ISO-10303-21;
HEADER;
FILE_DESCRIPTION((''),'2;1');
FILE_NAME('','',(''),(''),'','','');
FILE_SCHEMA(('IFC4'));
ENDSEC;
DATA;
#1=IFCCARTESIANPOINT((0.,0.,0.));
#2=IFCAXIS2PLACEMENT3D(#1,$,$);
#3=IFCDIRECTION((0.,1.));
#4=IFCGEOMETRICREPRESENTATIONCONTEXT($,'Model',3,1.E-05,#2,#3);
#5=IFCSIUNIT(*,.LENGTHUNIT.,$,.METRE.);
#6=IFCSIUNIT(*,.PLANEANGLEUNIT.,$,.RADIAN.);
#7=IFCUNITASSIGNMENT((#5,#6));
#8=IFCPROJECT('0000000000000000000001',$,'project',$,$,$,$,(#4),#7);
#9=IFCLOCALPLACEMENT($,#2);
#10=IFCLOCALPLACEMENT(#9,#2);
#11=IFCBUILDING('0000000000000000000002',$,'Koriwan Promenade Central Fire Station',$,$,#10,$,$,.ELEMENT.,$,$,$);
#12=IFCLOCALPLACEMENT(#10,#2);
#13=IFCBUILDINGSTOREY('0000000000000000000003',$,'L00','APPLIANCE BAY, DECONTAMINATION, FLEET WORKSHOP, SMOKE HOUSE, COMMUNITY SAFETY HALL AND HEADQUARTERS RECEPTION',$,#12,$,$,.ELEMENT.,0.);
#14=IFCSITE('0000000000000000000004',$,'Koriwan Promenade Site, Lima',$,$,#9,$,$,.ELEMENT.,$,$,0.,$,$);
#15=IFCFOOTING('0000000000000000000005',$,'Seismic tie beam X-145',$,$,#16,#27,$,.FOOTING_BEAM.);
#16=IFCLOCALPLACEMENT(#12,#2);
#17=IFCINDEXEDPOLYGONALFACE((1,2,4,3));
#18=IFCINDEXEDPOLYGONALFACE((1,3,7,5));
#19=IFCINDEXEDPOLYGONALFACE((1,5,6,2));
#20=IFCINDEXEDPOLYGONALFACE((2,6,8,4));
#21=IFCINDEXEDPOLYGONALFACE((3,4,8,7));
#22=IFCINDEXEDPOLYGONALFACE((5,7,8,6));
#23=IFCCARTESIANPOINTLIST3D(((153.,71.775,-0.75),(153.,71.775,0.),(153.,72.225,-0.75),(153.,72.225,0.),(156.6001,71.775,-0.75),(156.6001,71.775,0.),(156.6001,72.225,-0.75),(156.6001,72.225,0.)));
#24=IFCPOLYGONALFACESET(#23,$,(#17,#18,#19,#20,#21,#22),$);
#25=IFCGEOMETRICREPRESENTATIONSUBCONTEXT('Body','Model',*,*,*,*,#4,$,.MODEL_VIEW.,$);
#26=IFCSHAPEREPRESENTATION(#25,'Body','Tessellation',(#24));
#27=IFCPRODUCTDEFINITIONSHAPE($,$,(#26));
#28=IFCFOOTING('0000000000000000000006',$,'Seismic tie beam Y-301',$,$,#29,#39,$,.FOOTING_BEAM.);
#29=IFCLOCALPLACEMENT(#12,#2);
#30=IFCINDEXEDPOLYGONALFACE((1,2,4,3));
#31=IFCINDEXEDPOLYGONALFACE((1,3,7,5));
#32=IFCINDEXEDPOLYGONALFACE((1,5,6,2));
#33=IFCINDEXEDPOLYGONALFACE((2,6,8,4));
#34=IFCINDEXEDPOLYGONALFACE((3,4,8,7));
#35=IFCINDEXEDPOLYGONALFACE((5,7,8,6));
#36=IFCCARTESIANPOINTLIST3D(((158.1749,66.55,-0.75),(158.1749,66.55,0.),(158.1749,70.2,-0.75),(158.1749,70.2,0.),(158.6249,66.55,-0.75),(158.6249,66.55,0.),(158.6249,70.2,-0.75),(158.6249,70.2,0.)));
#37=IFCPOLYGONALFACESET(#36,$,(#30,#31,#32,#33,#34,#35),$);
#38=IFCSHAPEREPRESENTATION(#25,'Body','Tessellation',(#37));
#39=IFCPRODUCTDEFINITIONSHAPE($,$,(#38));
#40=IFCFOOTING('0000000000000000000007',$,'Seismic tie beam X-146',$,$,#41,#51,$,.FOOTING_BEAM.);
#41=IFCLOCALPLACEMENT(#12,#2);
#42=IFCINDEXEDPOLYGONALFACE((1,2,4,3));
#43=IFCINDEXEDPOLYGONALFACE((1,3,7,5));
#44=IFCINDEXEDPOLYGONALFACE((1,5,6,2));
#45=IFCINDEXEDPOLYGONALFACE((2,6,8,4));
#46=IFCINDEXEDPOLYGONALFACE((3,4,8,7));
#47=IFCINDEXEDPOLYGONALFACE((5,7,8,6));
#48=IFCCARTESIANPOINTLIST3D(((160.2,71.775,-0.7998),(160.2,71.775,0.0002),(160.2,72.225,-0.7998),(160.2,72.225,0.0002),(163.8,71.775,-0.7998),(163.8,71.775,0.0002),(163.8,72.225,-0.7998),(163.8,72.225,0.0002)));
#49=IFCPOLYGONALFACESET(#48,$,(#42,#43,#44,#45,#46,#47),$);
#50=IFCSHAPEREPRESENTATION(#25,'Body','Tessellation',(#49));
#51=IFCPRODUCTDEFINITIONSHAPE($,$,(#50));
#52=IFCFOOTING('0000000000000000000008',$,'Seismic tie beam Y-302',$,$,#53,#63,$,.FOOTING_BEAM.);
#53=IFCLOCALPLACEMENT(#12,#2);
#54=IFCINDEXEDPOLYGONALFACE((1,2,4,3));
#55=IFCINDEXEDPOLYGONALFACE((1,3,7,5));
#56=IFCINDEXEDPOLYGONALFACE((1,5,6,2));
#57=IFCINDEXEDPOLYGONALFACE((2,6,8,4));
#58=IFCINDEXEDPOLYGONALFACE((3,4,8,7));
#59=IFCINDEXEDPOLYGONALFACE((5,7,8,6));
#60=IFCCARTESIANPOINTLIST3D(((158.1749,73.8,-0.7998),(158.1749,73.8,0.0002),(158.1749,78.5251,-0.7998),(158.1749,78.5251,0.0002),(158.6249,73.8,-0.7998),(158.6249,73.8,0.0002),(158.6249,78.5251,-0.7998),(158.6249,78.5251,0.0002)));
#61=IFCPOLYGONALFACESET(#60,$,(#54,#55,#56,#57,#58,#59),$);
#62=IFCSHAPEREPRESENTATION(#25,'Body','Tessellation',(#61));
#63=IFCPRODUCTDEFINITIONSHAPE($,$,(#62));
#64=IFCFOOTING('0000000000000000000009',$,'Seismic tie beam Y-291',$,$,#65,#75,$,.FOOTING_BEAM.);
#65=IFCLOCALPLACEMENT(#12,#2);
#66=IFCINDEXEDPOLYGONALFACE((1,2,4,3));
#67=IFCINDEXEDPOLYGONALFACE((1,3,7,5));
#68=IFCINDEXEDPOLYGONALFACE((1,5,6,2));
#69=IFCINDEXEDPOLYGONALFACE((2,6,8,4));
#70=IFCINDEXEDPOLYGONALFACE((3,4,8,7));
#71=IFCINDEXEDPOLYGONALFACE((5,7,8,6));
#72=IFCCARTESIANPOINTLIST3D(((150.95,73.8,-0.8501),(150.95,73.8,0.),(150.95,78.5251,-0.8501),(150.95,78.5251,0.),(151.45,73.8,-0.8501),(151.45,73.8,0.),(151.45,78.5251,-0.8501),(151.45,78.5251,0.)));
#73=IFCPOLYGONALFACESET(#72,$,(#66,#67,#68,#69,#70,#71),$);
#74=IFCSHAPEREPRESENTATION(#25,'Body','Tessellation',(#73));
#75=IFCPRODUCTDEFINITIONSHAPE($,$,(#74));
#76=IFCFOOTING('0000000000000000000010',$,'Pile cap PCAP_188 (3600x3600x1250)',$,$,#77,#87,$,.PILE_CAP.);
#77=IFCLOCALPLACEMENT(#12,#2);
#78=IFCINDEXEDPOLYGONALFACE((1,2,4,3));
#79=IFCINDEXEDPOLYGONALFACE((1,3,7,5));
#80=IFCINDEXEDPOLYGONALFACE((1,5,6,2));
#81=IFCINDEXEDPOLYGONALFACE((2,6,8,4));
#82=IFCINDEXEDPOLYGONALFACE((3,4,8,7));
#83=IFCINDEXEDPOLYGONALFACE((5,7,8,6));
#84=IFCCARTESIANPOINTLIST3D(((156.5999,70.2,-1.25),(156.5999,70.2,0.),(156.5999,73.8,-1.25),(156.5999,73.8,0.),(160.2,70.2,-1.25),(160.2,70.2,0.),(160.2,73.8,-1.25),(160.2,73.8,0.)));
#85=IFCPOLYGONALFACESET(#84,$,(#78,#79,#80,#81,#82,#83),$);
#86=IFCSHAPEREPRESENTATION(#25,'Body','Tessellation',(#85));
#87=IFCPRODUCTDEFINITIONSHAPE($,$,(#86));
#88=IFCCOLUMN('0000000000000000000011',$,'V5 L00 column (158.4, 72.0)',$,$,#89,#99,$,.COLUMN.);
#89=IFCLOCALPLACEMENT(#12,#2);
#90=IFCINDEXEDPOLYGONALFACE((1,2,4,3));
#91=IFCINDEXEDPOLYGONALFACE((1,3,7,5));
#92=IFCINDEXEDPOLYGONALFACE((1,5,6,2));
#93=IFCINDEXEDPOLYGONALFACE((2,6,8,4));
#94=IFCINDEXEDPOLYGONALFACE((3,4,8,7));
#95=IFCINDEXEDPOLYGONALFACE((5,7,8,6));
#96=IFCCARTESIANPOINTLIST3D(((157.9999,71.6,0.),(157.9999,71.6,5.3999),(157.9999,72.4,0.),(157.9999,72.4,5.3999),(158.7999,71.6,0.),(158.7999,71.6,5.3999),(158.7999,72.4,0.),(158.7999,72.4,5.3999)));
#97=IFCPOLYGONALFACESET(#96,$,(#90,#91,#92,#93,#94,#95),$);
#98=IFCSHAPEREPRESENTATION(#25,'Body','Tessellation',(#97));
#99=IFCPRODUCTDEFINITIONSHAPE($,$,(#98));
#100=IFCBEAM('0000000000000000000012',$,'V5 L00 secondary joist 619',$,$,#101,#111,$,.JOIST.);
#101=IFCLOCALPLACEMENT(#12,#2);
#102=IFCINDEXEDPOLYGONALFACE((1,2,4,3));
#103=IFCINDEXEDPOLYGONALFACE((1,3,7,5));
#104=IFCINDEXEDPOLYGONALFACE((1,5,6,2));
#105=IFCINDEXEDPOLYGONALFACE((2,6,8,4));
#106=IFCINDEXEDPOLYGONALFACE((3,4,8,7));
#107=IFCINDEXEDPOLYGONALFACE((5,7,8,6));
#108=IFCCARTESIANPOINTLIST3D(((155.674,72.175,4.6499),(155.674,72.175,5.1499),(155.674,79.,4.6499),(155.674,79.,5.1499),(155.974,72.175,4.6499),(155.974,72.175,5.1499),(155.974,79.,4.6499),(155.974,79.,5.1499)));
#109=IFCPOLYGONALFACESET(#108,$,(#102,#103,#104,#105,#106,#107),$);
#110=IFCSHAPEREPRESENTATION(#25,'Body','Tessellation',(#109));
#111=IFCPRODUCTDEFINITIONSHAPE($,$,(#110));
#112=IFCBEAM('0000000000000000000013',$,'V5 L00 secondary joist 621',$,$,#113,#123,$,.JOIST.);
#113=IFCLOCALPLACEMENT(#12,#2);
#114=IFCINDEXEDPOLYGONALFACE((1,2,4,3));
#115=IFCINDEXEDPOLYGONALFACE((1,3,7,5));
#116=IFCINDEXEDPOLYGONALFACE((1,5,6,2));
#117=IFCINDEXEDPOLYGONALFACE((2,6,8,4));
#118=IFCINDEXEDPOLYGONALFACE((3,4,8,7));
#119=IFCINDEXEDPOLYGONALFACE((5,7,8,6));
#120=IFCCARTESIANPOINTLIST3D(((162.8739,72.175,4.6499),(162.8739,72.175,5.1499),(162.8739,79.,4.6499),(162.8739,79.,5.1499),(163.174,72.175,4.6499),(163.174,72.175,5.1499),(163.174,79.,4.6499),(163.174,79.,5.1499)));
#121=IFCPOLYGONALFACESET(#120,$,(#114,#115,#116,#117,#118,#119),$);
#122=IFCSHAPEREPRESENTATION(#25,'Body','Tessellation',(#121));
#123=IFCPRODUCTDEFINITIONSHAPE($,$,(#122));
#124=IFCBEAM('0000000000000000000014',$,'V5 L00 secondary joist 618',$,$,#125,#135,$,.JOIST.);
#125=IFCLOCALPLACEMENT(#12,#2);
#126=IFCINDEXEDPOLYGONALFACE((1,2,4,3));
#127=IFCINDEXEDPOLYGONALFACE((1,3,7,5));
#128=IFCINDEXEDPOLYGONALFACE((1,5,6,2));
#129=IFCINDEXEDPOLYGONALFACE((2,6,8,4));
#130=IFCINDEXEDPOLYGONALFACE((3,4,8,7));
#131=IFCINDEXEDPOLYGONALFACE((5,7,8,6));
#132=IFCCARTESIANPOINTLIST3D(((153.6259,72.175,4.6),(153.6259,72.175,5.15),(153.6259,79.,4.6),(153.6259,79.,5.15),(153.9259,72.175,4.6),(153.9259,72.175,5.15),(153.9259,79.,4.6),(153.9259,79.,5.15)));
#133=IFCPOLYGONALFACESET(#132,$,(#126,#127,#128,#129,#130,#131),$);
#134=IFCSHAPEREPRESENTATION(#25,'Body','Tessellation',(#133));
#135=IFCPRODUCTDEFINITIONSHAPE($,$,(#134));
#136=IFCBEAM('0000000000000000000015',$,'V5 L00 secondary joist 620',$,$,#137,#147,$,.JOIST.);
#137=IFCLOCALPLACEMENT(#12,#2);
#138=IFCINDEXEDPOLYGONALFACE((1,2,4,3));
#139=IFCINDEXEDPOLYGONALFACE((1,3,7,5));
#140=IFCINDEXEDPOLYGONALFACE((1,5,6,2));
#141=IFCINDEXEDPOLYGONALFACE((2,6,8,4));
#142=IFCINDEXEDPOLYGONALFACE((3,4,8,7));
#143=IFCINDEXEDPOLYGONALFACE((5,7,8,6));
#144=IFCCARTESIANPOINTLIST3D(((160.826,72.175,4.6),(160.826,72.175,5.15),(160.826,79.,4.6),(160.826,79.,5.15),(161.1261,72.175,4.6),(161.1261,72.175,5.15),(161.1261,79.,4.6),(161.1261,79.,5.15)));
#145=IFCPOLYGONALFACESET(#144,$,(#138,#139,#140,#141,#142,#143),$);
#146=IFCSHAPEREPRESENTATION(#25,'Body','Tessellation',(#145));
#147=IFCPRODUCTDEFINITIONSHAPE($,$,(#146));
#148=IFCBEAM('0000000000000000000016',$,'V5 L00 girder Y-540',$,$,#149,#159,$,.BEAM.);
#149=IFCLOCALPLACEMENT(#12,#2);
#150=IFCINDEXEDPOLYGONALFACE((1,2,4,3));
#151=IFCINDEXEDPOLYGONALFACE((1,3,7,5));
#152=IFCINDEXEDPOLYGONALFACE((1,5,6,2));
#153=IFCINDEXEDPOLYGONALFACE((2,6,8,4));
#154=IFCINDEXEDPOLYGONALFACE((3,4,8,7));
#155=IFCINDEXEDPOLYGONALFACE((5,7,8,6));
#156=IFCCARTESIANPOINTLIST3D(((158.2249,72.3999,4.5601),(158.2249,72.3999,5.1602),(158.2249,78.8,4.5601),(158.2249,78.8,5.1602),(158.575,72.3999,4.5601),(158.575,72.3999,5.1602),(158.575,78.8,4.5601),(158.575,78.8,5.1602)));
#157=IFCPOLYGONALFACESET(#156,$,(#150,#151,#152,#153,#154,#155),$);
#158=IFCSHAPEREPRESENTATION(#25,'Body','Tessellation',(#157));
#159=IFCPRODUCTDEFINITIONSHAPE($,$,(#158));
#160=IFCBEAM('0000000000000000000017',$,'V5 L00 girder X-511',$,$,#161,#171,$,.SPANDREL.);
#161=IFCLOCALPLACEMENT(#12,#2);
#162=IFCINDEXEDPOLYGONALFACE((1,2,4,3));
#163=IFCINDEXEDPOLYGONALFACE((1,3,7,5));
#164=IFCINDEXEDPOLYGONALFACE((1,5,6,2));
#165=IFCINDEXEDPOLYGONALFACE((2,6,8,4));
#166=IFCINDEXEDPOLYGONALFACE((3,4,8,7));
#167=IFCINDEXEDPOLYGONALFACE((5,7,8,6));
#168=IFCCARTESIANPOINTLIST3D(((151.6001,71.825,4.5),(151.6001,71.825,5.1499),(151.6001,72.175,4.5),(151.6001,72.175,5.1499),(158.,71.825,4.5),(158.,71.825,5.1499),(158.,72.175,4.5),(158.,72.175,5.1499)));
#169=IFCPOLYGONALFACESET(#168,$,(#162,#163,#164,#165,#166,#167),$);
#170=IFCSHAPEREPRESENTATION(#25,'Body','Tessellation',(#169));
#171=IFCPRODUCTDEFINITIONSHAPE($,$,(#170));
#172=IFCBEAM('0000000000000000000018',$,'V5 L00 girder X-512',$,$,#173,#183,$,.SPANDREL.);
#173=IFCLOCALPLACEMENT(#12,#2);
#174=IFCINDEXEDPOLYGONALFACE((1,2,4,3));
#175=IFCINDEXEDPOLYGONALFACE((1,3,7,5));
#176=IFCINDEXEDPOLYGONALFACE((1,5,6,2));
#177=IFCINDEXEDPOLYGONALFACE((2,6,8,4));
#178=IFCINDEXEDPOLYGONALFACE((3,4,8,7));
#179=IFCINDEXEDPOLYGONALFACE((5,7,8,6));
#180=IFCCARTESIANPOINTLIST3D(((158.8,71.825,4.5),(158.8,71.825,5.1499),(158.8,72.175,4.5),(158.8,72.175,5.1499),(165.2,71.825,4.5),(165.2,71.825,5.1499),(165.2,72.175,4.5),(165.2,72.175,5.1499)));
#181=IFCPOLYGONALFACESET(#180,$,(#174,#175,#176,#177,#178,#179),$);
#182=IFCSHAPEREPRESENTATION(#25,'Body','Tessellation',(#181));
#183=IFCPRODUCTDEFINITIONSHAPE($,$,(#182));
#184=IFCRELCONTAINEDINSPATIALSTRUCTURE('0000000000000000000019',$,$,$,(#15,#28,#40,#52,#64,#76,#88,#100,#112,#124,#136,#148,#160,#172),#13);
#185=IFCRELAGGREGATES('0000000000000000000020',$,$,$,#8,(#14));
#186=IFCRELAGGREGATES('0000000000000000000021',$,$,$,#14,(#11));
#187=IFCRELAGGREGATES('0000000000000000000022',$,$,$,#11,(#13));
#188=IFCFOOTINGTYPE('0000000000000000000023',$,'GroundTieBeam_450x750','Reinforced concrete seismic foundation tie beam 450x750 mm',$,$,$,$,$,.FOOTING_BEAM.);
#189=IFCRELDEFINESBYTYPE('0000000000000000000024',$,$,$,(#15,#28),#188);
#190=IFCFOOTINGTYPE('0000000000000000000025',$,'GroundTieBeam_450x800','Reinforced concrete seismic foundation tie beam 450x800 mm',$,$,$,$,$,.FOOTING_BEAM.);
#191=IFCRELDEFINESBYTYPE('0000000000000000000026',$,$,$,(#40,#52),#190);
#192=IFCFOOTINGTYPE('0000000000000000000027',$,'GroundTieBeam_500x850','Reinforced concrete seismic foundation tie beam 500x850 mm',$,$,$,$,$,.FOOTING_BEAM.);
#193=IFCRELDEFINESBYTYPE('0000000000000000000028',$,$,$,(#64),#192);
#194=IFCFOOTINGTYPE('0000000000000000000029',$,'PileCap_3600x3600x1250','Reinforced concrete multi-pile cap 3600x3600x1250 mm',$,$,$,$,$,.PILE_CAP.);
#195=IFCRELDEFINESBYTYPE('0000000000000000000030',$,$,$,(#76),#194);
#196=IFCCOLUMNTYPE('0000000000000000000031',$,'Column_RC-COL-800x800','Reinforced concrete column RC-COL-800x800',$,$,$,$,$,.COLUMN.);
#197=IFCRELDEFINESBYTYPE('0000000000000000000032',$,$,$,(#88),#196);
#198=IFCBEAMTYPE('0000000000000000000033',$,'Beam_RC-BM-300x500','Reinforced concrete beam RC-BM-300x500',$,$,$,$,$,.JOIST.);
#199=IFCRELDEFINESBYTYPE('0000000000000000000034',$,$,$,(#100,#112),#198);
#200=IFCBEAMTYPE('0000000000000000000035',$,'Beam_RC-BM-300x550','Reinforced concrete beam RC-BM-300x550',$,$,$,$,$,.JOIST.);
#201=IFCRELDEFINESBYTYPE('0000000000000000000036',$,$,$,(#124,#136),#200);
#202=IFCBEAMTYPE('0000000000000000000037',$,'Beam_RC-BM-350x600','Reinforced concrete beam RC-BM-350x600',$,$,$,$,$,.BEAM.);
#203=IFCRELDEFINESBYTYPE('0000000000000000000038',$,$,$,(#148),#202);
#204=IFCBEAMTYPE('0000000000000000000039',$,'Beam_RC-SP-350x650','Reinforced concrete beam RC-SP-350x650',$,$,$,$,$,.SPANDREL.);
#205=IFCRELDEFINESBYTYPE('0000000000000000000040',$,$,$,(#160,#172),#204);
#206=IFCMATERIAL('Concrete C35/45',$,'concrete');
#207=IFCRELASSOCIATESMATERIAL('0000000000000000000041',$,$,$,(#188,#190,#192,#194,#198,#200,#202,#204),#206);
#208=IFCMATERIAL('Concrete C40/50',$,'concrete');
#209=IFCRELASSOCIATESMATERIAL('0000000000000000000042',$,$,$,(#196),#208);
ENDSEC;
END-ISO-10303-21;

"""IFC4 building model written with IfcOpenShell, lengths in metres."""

from ifc_helpers import new_model, si_unit, direction, frame, origin, origin_2d, place, context, subcontext, project, spatial, rectangle, extrude, material, material_profile, profile_set, type_object, element, save


model = new_model("IFC4")

# Units and contexts
model_context = context("Model", 3, precision=1e-05, world=origin(), true_north=direction((0.0, 1.0)))
body_context = subcontext(model_context, "Body", "Model", "MODEL_VIEW")
ifc_project = project(units=[si_unit("LENGTHUNIT", "METRE"), si_unit("PLANEANGLEUNIT", "RADIAN")], contexts=[model_context])

# Site, building, storey
site_placement = place(None, origin())
site = spatial("IfcSite", under=ifc_project, at=site_placement, Name="Koriwan Promenade Site, Lima", CompositionType="ELEMENT", RefElevation=0.0)
building_placement = place(site_placement, origin())
building = spatial("IfcBuilding", under=site, at=building_placement, Name="Koriwan Promenade Central Fire Station", CompositionType="ELEMENT")
storey_placement = place(building_placement, origin())
storey = spatial("IfcBuildingStorey", under=building, at=storey_placement, Name="L00", Description="APPLIANCE BAY, DECONTAMINATION, FLEET WORKSHOP, SMOKE HOUSE, COMMUNITY SAFETY HALL AND HEADQUARTERS RECEPTION", CompositionType="ELEMENT", Elevation=0.0)

# Shared definitions
ifc_material_1 = material(Name="Concrete C35/45", Category="concrete")

# Footings
footing_type_1 = type_object("IfcFootingType", Name="GroundTieBeam_450x750", Description="Reinforced concrete seismic foundation tie beam 450x750 mm", PredefinedType="FOOTING_BEAM", material=ifc_material_1)
footing_1_placement = place(storey_placement, frame((154.8, 72.0, -0.75), z_axis=(0.0, 0.0, 1.0), x_axis=(1.0, 0.0, 0.0)))
element("IfcFooting", 1, at=footing_1_placement, inside=storey, type_object=footing_type_1, Name="Seismic tie beam X-145", PredefinedType="FOOTING_BEAM", context=body_context, shape_type="SweptSolid", body=[
    extrude(rectangle(XDim=3.6001, YDim=0.45, at=origin_2d()), origin(), (0.0, 0.0, 1.0), 0.75),
])
footing_2_placement = place(storey_placement, frame((158.3999, 68.375, -0.75), z_axis=(0.0, 0.0, 1.0), x_axis=(0.0, 1.0, 0.0)))
element("IfcFooting", 2, at=footing_2_placement, inside=storey, type_object=footing_type_1, Name="Seismic tie beam Y-301", PredefinedType="FOOTING_BEAM", context=body_context, shape_type="SweptSolid", body=[
    extrude(rectangle(XDim=3.6499, YDim=0.45, at=origin_2d()), origin(), (0.0, 0.0, 1.0), 0.75),
])
footing_type_2 = type_object("IfcFootingType", Name="GroundTieBeam_450x800", Description="Reinforced concrete seismic foundation tie beam 450x800 mm", PredefinedType="FOOTING_BEAM", material=ifc_material_1)
footing_3_placement = place(storey_placement, frame((162.0, 72.0, -0.7998), z_axis=(0.0, 0.0, 1.0), x_axis=(1.0, 0.0, 0.0)))
element("IfcFooting", 3, at=footing_3_placement, inside=storey, type_object=footing_type_2, Name="Seismic tie beam X-146", PredefinedType="FOOTING_BEAM", context=body_context, shape_type="SweptSolid", body=[
    extrude(rectangle(XDim=3.6001, YDim=0.45, at=origin_2d()), origin(), (0.0, 0.0, 1.0), 0.8),
])
footing_4_placement = place(storey_placement, frame((158.3999, 76.1626, -0.7998), z_axis=(0.0, 0.0, 1.0), x_axis=(0.0, 1.0, 0.0)))
element("IfcFooting", 4, at=footing_4_placement, inside=storey, type_object=footing_type_2, Name="Seismic tie beam Y-302", PredefinedType="FOOTING_BEAM", context=body_context, shape_type="SweptSolid", body=[
    extrude(rectangle(XDim=4.7251, YDim=0.45, at=origin_2d()), origin(), (0.0, 0.0, 1.0), 0.8),
])
footing_type_3 = type_object("IfcFootingType", Name="GroundTieBeam_500x850", Description="Reinforced concrete seismic foundation tie beam 500x850 mm", PredefinedType="FOOTING_BEAM", material=ifc_material_1)
footing_5_placement = place(storey_placement, frame((151.2, 76.1626, -0.8501), z_axis=(0.0, 0.0, 1.0), x_axis=(0.0, 1.0, 0.0)))
element("IfcFooting", 5, at=footing_5_placement, inside=storey, type_object=footing_type_3, Name="Seismic tie beam Y-291", PredefinedType="FOOTING_BEAM", context=body_context, shape_type="SweptSolid", body=[
    extrude(rectangle(XDim=4.7251, YDim=0.5, at=origin_2d()), origin(), (0.0, 0.0, 1.0), 0.8501),
])
footing_type_4 = type_object("IfcFootingType", Name="PileCap_3600x3600x1250", Description="Reinforced concrete multi-pile cap 3600x3600x1250 mm", PredefinedType="PILE_CAP", material=ifc_material_1)
footing_6_placement = place(storey_placement, frame((158.3999, 72.0, -1.25), z_axis=(0.0, 0.0, 1.0), x_axis=(1.0, 0.0, 0.0)))
element("IfcFooting", 6, at=footing_6_placement, inside=storey, type_object=footing_type_4, Name="Pile cap PCAP_188 (3600x3600x1250)", PredefinedType="PILE_CAP", context=body_context, shape_type="SweptSolid", body=[
    extrude(rectangle(XDim=3.6001, YDim=3.6001, at=origin_2d()), origin(), (0.0, 0.0, 1.0), 1.25),
])

# Column
ifc_material_2 = material(Name="Concrete C40/50", Category="concrete")
ifc_material_profile_1 = material_profile(ifc_material_2, rectangle(XDim=0.8, YDim=0.8, at=origin_2d()), Name="RC-COL-800x800")
ifc_profile_set_1 = profile_set([ifc_material_profile_1], Name="Concrete C40/50")
column_type = type_object("IfcColumnType", Name="Column_RC-COL-800x800", Description="Reinforced concrete column RC-COL-800x800", PredefinedType="COLUMN", material=ifc_profile_set_1)
column_placement = place(storey_placement, frame((158.3999, 72.0, 0.0), z_axis=(0.0, 0.0, 1.0), x_axis=(1.0, 0.0, 0.0)))
element("IfcColumn", 7, at=column_placement, inside=storey, type_object=column_type, Name="V5 L00 column (158.4, 72.0)", PredefinedType="COLUMN", context=body_context, shape_type="SweptSolid", body=[
    extrude(rectangle(XDim=0.8, YDim=0.8, at=origin_2d()), origin(), (0.0, 0.0, 1.0), 5.3999),
])

# Beams
ifc_material_profile_2 = material_profile(ifc_material_1, rectangle(XDim=0.3, YDim=0.5, at=origin_2d()), Name="RC-BM-300x500")
ifc_profile_set_2 = profile_set([ifc_material_profile_2], Name="Concrete C35/45")
beam_type_1 = type_object("IfcBeamType", Name="Beam_RC-BM-300x500", Description="Reinforced concrete beam RC-BM-300x500", PredefinedType="JOIST", material=ifc_profile_set_2)
for number, where, z_axis, x_axis, name in (
    (8, (155.824, 72.175, 4.8999), (0.0, 1.0, 0.0), (-1.0, 0.0, 0.0), "V5 L00 secondary joist 619"),
    (9, (163.0239, 72.175, 4.8999), (0.0, 1.0, 0.0), (-1.0, 0.0, 0.0), "V5 L00 secondary joist 621"),
):
    element("IfcBeam", number, at=place(storey_placement, frame(where, z_axis=z_axis, x_axis=x_axis)), inside=storey, type_object=beam_type_1, Name=name, PredefinedType="JOIST", context=body_context, shape_type="SweptSolid", body=[
        extrude(rectangle(XDim=0.3, YDim=0.5, at=origin_2d()), origin(), (0.0, 0.0, 1.0), 6.825),
    ])
ifc_material_profile_3 = material_profile(ifc_material_1, rectangle(XDim=0.3, YDim=0.55, at=origin_2d()), Name="RC-BM-300x550")
ifc_profile_set_3 = profile_set([ifc_material_profile_3], Name="Concrete C35/45")
beam_type_2 = type_object("IfcBeamType", Name="Beam_RC-BM-300x550", Description="Reinforced concrete beam RC-BM-300x550", PredefinedType="JOIST", material=ifc_profile_set_3)
for number, where, z_axis, x_axis, name in (
    (10, (153.7759, 72.175, 4.875), (0.0, 1.0, 0.0), (-1.0, 0.0, 0.0), "V5 L00 secondary joist 618"),
    (11, (160.9761, 72.175, 4.875), (0.0, 1.0, 0.0), (-1.0, 0.0, 0.0), "V5 L00 secondary joist 620"),
):
    element("IfcBeam", number, at=place(storey_placement, frame(where, z_axis=z_axis, x_axis=x_axis)), inside=storey, type_object=beam_type_2, Name=name, PredefinedType="JOIST", context=body_context, shape_type="SweptSolid", body=[
        extrude(rectangle(XDim=0.3, YDim=0.55, at=origin_2d()), origin(), (0.0, 0.0, 1.0), 6.825),
    ])
ifc_material_profile_4 = material_profile(ifc_material_1, rectangle(XDim=0.3501, YDim=0.6001, at=origin_2d()), Name="RC-BM-350x600")
ifc_profile_set_4 = profile_set([ifc_material_profile_4], Name="Concrete C35/45")
beam_type_3 = type_object("IfcBeamType", Name="Beam_RC-BM-350x600", Description="Reinforced concrete beam RC-BM-350x600", PredefinedType="BEAM", material=ifc_profile_set_4)
beam_placement = place(storey_placement, frame((158.3999, 72.3999, 4.8601), z_axis=(0.0, 1.0, 0.0), x_axis=(-1.0, 0.0, 0.0)))
element("IfcBeam", 12, at=beam_placement, inside=storey, type_object=beam_type_3, Name="V5 L00 girder Y-540", PredefinedType="BEAM", context=body_context, shape_type="SweptSolid", body=[
    extrude(rectangle(XDim=0.3501, YDim=0.6001, at=origin_2d()), origin(), (0.0, 0.0, 1.0), 6.4001),
])
ifc_material_profile_5 = material_profile(ifc_material_1, rectangle(XDim=0.3501, YDim=0.6499, at=origin_2d()), Name="RC-SP-350x650")
ifc_profile_set_5 = profile_set([ifc_material_profile_5], Name="Concrete C35/45")
beam_type_4 = type_object("IfcBeamType", Name="Beam_RC-SP-350x650", Description="Reinforced concrete beam RC-SP-350x650", PredefinedType="SPANDREL", material=ifc_profile_set_5)
for number, where, z_axis, x_axis, name in (
    (13, (151.6001, 72.0, 4.825), (1.0, 0.0, 0.0), (0.0, 1.0, 0.0), "V5 L00 girder X-511"),
    (14, (158.8, 72.0, 4.825), (1.0, 0.0, 0.0), (0.0, 1.0, 0.0), "V5 L00 girder X-512"),
):
    element("IfcBeam", number, at=place(storey_placement, frame(where, z_axis=z_axis, x_axis=x_axis)), inside=storey, type_object=beam_type_4, Name=name, PredefinedType="SPANDREL", context=body_context, shape_type="SweptSolid", body=[
        extrude(rectangle(XDim=0.3501, YDim=0.6499, at=origin_2d()), origin(), (0.0, 0.0, 1.0), 6.3999),
    ])

save(model, "model.ifc")
